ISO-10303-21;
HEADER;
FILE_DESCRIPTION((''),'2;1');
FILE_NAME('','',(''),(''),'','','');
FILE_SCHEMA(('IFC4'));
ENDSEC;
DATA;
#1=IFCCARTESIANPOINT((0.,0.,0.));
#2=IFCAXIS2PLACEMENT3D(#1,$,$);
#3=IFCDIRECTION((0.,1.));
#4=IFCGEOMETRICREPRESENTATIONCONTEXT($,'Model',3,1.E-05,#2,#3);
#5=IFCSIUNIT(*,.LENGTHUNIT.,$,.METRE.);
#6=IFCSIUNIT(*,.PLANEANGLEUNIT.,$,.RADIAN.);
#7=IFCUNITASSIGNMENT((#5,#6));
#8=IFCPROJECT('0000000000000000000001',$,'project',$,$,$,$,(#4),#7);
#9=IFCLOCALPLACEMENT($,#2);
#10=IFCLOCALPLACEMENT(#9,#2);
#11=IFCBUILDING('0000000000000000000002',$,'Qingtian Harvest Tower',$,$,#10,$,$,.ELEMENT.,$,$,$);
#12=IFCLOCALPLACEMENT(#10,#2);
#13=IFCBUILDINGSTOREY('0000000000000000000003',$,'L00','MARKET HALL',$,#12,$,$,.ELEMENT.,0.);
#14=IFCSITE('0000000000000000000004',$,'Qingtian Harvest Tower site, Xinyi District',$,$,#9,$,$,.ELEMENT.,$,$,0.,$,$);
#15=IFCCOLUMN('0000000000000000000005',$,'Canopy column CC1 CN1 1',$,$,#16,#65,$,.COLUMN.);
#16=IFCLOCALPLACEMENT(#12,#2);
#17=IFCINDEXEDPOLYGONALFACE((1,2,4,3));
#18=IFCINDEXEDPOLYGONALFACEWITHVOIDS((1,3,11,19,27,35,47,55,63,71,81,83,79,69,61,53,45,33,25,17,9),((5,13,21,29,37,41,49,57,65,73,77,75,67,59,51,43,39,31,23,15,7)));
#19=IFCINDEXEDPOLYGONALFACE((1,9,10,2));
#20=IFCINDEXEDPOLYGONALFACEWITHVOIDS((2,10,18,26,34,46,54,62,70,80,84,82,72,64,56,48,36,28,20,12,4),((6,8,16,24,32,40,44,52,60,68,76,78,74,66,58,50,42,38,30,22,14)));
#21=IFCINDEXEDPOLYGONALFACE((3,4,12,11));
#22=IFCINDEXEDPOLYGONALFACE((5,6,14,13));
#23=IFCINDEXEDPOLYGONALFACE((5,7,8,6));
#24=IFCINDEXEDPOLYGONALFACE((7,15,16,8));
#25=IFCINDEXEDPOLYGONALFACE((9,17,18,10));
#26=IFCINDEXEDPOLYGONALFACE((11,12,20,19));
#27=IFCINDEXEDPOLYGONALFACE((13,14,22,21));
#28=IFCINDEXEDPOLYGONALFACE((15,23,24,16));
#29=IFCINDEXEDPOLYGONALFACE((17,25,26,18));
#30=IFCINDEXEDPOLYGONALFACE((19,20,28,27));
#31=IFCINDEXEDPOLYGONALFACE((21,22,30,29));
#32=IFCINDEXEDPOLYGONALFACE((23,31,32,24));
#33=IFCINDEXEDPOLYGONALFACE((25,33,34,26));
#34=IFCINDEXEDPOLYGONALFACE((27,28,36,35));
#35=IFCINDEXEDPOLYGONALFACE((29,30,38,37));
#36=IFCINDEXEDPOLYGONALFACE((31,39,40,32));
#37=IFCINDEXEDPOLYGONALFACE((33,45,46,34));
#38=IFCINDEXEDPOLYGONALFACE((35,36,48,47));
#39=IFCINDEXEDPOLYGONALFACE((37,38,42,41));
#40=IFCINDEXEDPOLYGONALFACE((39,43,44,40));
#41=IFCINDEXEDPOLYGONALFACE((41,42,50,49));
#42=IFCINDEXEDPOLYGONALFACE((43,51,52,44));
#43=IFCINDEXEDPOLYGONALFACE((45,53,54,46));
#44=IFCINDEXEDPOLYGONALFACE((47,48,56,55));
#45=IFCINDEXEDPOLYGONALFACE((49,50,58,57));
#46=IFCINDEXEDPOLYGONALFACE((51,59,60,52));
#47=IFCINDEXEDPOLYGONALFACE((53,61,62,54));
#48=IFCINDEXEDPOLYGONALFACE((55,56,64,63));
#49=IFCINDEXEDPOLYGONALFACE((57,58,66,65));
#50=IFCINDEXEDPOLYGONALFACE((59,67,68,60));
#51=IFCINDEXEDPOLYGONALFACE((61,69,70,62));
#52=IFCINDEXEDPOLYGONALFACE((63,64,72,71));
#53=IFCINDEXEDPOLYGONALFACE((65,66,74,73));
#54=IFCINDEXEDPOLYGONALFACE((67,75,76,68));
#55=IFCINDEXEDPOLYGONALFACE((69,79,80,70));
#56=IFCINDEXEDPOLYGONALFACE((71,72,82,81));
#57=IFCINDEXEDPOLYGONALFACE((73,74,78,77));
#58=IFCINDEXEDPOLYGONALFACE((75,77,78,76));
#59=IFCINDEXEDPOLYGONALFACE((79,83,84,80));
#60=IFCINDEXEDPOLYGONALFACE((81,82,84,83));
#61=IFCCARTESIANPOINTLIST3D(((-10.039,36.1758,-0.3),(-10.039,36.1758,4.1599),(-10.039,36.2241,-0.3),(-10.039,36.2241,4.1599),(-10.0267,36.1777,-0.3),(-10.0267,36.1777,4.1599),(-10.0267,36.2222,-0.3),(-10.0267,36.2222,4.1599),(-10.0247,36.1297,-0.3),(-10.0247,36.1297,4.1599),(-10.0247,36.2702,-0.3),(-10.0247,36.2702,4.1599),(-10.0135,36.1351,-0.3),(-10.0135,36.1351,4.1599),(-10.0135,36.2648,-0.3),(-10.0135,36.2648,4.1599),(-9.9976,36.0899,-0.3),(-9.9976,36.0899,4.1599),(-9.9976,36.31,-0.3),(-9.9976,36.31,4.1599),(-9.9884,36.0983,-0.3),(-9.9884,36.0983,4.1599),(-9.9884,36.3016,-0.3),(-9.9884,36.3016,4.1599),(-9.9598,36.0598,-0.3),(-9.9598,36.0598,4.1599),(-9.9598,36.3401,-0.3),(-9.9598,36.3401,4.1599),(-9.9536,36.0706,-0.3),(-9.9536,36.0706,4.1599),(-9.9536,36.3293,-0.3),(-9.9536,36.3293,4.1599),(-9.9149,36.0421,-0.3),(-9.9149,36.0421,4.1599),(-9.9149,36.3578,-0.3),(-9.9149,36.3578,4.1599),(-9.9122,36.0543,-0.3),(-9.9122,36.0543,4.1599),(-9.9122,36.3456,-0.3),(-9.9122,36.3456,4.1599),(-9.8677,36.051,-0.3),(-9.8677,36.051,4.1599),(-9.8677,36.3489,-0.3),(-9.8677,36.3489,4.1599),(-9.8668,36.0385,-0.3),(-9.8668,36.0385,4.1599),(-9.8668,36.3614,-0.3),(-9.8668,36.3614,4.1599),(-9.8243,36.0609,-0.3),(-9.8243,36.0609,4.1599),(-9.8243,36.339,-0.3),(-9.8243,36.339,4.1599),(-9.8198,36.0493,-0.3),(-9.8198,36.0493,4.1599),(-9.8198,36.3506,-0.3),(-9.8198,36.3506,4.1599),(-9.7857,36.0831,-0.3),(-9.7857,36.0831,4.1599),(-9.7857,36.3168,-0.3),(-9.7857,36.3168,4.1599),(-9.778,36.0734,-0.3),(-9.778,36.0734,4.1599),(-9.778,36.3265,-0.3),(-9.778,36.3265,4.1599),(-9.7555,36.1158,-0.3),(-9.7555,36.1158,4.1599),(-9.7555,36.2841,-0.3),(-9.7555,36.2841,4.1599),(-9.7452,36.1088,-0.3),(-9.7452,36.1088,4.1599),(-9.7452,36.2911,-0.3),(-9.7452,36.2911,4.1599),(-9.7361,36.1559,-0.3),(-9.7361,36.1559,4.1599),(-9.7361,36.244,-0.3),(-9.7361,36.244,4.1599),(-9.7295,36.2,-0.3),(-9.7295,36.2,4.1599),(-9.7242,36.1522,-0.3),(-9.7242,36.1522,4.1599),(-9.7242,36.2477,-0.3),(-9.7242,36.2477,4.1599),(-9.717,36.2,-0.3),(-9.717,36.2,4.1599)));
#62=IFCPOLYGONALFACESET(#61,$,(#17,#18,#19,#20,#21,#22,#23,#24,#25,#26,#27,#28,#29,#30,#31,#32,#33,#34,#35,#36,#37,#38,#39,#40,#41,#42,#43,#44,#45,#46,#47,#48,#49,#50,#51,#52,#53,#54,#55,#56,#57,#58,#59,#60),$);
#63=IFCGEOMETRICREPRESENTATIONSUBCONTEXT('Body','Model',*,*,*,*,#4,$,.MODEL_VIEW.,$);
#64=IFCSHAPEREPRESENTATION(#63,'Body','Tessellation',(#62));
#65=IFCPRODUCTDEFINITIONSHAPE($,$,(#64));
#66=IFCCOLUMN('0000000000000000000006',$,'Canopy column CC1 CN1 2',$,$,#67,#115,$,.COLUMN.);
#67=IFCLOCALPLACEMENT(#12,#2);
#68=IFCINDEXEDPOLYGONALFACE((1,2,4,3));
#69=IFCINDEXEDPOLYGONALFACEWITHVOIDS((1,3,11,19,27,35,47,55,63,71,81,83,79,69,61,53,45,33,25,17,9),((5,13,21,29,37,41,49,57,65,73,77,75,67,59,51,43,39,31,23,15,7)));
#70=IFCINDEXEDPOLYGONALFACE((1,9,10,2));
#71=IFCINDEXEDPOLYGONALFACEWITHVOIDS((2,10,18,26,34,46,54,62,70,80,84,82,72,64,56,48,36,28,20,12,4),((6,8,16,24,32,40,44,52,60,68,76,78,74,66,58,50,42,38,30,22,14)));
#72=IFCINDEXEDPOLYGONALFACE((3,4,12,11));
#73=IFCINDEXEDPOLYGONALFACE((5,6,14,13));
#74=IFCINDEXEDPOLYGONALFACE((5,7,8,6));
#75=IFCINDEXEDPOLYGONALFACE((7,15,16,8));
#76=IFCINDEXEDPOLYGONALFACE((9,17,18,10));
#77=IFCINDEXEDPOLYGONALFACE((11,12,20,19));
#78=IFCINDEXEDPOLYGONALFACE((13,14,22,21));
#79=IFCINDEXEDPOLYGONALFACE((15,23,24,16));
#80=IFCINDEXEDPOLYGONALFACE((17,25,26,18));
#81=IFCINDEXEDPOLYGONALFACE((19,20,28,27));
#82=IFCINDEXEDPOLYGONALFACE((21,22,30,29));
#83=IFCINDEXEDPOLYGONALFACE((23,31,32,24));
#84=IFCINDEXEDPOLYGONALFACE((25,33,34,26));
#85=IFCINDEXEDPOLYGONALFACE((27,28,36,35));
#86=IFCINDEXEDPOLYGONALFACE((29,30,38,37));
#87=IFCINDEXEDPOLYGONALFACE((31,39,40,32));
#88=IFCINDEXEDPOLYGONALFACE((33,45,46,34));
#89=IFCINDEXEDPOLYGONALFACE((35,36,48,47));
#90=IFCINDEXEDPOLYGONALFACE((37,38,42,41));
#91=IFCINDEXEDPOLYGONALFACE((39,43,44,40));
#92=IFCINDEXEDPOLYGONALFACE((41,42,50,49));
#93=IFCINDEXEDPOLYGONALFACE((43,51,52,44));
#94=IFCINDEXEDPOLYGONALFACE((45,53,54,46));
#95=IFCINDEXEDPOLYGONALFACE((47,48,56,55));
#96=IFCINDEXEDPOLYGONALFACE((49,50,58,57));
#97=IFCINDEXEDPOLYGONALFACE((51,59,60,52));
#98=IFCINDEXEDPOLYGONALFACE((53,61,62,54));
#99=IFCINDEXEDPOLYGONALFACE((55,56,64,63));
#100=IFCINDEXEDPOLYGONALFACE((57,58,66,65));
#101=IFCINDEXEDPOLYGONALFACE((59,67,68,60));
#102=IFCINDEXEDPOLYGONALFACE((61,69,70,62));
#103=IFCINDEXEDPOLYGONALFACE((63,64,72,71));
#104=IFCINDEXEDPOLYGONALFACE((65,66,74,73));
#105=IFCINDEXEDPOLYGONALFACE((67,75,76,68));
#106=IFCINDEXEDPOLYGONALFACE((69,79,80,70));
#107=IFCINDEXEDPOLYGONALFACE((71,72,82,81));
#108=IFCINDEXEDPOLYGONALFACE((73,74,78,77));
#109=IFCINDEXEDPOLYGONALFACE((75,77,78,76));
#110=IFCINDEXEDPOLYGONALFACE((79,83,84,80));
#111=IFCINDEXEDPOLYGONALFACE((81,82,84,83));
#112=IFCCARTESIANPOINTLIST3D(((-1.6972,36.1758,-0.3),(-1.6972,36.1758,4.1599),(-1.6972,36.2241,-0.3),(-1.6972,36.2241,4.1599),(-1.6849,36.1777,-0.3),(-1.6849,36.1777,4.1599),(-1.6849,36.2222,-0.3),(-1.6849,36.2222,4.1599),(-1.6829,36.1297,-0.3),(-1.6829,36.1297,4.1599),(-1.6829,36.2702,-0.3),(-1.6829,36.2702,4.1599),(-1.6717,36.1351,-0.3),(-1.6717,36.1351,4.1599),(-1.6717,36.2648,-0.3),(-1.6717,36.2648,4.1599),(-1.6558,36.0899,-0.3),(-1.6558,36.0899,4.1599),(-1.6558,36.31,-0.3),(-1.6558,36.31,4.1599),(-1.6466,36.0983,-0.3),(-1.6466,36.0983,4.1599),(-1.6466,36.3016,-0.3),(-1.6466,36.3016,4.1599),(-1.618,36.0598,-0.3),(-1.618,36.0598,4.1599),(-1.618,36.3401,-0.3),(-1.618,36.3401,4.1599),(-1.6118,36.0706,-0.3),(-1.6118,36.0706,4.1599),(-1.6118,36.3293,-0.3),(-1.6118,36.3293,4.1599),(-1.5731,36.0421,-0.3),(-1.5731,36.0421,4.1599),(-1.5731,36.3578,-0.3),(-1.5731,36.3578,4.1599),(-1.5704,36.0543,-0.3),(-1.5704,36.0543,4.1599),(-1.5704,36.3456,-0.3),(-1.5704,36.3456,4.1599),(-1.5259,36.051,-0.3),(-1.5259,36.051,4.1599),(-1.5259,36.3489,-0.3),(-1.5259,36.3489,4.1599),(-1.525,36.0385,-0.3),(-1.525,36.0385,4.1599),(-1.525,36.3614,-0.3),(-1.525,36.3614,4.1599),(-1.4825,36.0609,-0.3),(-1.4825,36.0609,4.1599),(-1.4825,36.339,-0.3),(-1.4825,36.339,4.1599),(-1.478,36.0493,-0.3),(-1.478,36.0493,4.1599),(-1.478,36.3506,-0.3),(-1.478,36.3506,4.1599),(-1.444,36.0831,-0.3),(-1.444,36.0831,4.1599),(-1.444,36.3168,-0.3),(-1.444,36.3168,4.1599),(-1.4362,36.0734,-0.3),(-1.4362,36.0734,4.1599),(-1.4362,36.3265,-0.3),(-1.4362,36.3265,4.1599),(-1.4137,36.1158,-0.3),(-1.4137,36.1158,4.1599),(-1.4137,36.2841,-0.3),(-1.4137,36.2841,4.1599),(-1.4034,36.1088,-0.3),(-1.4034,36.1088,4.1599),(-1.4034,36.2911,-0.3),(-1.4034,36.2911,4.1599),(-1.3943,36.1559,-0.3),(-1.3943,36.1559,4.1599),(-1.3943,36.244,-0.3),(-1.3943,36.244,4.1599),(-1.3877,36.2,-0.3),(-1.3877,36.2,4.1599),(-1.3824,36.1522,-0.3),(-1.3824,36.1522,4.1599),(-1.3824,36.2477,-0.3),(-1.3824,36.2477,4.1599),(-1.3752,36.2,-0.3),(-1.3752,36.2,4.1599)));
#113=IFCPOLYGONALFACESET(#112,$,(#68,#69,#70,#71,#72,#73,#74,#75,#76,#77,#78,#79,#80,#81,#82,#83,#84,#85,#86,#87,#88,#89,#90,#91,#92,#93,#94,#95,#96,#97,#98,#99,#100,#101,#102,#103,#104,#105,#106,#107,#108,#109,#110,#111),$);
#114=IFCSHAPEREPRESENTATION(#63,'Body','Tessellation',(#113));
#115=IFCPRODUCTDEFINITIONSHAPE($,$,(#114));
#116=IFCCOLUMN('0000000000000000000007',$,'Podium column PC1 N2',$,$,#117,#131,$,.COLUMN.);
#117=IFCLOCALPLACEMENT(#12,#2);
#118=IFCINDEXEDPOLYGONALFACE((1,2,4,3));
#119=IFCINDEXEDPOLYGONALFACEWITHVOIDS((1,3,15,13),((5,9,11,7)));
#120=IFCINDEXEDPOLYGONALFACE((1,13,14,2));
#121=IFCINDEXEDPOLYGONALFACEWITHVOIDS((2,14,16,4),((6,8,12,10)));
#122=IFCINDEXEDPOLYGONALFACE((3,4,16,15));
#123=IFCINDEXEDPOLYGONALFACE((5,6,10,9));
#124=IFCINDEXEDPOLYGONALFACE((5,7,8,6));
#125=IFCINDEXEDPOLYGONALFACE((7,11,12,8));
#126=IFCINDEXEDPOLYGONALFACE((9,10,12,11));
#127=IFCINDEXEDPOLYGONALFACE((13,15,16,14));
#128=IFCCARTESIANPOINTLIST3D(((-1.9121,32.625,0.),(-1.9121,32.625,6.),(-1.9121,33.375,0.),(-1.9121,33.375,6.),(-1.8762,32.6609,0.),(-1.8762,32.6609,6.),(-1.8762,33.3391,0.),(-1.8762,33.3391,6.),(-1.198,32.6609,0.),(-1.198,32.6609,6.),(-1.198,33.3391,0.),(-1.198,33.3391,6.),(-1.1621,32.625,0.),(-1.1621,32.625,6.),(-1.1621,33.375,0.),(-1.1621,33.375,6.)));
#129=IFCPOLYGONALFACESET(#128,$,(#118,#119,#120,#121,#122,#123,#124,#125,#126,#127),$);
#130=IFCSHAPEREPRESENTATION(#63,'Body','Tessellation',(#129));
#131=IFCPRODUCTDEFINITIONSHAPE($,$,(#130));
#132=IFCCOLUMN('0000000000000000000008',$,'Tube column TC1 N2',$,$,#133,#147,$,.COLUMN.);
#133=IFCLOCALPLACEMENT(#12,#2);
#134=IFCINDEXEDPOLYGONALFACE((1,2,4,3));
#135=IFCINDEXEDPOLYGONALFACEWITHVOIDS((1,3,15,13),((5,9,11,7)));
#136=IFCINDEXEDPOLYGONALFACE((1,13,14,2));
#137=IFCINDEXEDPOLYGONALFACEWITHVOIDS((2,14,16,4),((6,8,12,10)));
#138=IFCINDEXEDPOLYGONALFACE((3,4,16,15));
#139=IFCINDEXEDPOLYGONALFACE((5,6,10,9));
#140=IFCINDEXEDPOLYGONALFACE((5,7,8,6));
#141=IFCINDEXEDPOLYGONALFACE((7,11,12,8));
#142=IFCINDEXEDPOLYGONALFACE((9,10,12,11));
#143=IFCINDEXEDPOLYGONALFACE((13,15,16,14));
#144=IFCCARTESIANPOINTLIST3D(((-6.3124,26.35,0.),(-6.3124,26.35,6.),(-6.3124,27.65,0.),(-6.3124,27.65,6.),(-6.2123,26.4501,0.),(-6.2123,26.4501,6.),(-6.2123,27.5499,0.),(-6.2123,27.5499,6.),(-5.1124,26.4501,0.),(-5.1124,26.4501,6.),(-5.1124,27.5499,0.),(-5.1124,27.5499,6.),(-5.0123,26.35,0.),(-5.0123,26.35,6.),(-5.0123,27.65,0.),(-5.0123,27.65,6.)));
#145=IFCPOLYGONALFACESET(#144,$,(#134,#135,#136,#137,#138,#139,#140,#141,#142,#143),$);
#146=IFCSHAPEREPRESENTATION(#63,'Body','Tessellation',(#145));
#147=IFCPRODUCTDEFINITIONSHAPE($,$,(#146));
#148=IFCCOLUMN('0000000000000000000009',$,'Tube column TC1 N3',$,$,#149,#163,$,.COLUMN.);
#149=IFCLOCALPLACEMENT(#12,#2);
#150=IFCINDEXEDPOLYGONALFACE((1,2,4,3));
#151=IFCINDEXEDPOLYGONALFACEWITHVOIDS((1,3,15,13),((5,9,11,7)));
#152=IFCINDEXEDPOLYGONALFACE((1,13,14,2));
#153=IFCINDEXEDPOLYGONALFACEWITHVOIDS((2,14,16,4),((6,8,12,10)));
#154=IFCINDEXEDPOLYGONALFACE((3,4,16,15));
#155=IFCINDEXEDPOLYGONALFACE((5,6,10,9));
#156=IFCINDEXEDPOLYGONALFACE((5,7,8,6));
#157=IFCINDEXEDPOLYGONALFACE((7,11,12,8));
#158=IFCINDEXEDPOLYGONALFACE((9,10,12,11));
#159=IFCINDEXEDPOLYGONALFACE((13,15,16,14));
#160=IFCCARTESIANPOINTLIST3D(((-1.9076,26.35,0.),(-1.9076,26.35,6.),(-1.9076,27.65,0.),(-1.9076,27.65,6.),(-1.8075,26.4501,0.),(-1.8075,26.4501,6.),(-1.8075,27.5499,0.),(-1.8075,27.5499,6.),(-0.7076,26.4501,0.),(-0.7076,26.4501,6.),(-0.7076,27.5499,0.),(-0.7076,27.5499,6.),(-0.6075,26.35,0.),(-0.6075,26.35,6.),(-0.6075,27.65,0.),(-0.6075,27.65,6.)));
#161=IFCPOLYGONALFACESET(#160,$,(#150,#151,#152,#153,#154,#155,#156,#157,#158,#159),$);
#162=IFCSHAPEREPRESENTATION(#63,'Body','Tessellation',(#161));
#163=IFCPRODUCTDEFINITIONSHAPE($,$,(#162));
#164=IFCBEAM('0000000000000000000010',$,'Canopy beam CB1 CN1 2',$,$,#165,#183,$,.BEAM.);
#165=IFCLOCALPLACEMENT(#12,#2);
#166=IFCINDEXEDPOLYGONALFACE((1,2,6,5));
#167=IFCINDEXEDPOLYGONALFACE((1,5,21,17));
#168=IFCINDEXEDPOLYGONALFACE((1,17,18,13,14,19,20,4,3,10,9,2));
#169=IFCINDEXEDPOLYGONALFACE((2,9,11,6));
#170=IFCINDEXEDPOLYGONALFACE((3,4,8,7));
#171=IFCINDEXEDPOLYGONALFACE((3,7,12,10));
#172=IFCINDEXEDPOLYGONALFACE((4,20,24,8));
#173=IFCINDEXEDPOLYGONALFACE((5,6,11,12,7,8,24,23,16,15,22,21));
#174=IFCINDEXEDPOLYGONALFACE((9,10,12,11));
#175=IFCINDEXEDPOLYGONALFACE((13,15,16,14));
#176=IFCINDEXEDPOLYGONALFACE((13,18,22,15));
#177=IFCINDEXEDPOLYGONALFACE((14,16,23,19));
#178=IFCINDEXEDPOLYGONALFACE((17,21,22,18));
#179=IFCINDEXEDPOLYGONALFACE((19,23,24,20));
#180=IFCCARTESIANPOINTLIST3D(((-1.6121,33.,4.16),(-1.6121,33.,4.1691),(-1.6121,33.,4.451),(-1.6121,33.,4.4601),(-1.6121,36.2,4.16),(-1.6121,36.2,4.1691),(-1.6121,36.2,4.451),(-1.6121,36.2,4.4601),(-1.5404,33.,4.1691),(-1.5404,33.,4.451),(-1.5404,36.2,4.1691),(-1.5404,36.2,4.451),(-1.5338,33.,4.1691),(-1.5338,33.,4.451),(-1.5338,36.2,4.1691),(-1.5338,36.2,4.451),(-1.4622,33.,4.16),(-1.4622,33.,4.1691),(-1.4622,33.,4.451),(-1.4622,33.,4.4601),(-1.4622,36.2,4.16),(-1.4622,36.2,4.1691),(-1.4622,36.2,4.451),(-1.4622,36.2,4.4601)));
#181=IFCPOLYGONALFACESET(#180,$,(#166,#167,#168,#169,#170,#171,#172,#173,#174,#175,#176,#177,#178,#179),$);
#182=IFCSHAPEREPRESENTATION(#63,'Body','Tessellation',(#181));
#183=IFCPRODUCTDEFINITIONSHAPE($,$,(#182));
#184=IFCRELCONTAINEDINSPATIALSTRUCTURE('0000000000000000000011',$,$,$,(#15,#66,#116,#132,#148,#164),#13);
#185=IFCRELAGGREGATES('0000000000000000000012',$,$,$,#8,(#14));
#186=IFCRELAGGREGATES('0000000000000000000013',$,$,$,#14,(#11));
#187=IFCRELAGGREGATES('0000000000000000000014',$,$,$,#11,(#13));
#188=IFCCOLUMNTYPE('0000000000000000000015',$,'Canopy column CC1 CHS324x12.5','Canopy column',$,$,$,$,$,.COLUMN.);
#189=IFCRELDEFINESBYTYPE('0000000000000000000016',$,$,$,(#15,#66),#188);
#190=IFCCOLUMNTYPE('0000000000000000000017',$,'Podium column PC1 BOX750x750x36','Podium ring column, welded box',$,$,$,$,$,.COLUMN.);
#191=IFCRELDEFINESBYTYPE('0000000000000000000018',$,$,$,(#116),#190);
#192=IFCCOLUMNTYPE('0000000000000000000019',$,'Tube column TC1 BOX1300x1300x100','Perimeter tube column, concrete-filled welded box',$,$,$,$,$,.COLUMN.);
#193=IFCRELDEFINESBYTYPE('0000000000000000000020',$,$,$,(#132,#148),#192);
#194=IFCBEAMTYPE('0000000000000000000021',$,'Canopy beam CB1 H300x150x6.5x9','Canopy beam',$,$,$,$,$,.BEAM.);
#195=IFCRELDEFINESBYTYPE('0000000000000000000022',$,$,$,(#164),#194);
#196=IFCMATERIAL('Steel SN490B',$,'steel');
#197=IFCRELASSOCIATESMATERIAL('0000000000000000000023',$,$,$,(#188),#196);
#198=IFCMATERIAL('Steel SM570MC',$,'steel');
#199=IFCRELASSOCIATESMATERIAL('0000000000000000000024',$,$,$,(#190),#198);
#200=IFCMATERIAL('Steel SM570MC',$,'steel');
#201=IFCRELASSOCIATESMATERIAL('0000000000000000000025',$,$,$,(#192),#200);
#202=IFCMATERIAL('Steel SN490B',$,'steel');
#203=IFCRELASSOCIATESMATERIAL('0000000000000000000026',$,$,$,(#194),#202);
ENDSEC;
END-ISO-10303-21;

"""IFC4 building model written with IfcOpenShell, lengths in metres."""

from ifc_helpers import new_model, si_unit, direction, frame, origin, origin_2d, place, context, subcontext, project, spatial, hollow_rectangle, hollow_circle, i_section, extrude, material, material_profile, profile_set, type_object, element, save


model = new_model("IFC4")

# Units and contexts
model_context = context("Model", 3, precision=1e-05, world=origin(), true_north=direction((0.0, 1.0)))
body_context = subcontext(model_context, "Body", "Model", "MODEL_VIEW")
ifc_project = project(units=[si_unit("LENGTHUNIT", "METRE"), si_unit("PLANEANGLEUNIT", "RADIAN")], contexts=[model_context])

# Site, building, storey
site_placement = place(None, origin())
site = spatial("IfcSite", under=ifc_project, at=site_placement, Name="Qingtian Harvest Tower site, Xinyi District", CompositionType="ELEMENT", RefElevation=0.0)
building_placement = place(site_placement, origin())
building = spatial("IfcBuilding", under=site, at=building_placement, Name="Qingtian Harvest Tower", CompositionType="ELEMENT")
storey_placement = place(building_placement, origin())
storey = spatial("IfcBuildingStorey", under=building, at=storey_placement, Name="L00", Description="MARKET HALL", CompositionType="ELEMENT", Elevation=0.0)

# Columns
ifc_material_1 = material(Name="Steel SN490B", Category="steel")
ifc_material_profile_1 = material_profile(ifc_material_1, hollow_circle(Radius=0.1619, WallThickness=0.0125, at=origin_2d()), Name="CHS324x12.5")
ifc_profile_set_1 = profile_set([ifc_material_profile_1], Name="Steel SN490B")
column_type_1 = type_object("IfcColumnType", Name="Canopy column CC1 CHS324x12.5", Description="Canopy column", PredefinedType="COLUMN", material=ifc_profile_set_1)
for number, where, z_axis, x_axis, name in (
    (1, (-9.8789, 36.2, -0.3), (0.0, 0.0, 1.0), (1.0, 0.0, 0.0), "Canopy column CC1 CN1 1"),
    (2, (-1.5371, 36.2, -0.3), (0.0, 0.0, 1.0), (1.0, 0.0, 0.0), "Canopy column CC1 CN1 2"),
):
    element("IfcColumn", number, at=place(storey_placement, frame(where, z_axis=z_axis, x_axis=x_axis)), inside=storey, type_object=column_type_1, Name=name, PredefinedType="COLUMN", context=body_context, shape_type="SweptSolid", body=[
        extrude(hollow_circle(Radius=0.1619, WallThickness=0.0125, at=origin_2d()), origin(), (0.0, 0.0, 1.0), 4.46),
    ])
ifc_material_2 = material(Name="Steel SM570MC", Category="steel")
ifc_material_profile_2 = material_profile(ifc_material_2, hollow_rectangle(XDim=0.75, YDim=0.75, WallThickness=0.0359, at=origin_2d()), Name="BOX750x750x36")
ifc_profile_set_2 = profile_set([ifc_material_profile_2], Name="Steel SM570MC")
column_type_2 = type_object("IfcColumnType", Name="Podium column PC1 BOX750x750x36", Description="Podium ring column, welded box", PredefinedType="COLUMN", material=ifc_profile_set_2)
column_placement = place(storey_placement, frame((-1.5371, 33.0, 0.0), z_axis=(0.0, 0.0, 1.0), x_axis=(-1.0, 0.0, 0.0)))
element("IfcColumn", 3, at=column_placement, inside=storey, type_object=column_type_2, Name="Podium column PC1 N2", PredefinedType="COLUMN", context=body_context, shape_type="SweptSolid", body=[
    extrude(hollow_rectangle(XDim=0.75, YDim=0.75, WallThickness=0.0359, at=origin_2d()), origin(), (0.0, 0.0, 1.0), 6.0),
])
ifc_material_3 = material(Name="Steel SM570MC", Category="steel")
ifc_material_profile_3 = material_profile(ifc_material_3, hollow_rectangle(XDim=1.3, YDim=1.3, WallThickness=0.1001, at=origin_2d()), Name="BOX1300x1300x100")
ifc_profile_set_3 = profile_set([ifc_material_profile_3], Name="Steel SM570MC")
column_type_3 = type_object("IfcColumnType", Name="Tube column TC1 BOX1300x1300x100", Description="Perimeter tube column, concrete-filled welded box", PredefinedType="COLUMN", material=ifc_profile_set_3)
for number, where, z_axis, x_axis, name in (
    (4, (-5.6624, 27.0, 0.0), (0.0, 0.0, 1.0), (-1.0, 0.0, 0.0), "Tube column TC1 N2"),
    (5, (-1.2576, 27.0, 0.0), (0.0, 0.0, 1.0), (-1.0, 0.0, 0.0), "Tube column TC1 N3"),
):
    element("IfcColumn", number, at=place(storey_placement, frame(where, z_axis=z_axis, x_axis=x_axis)), inside=storey, type_object=column_type_3, Name=name, PredefinedType="COLUMN", context=body_context, shape_type="SweptSolid", body=[
        extrude(hollow_rectangle(XDim=1.3, YDim=1.3, WallThickness=0.1001, at=origin_2d()), origin(), (0.0, 0.0, 1.0), 6.0),
    ])

# Beam
ifc_material_4 = material(Name="Steel SN490B", Category="steel")
ifc_material_profile_4 = material_profile(ifc_material_4, i_section(OverallWidth=0.1499, OverallDepth=0.3, WebThickness=0.0066, FlangeThickness=0.009, at=origin_2d()), Name="H300x150x6.5x9")
ifc_profile_set_4 = profile_set([ifc_material_profile_4], Name="Steel SN490B")
beam_type_1 = type_object("IfcBeamType", Name="Canopy beam CB1 H300x150x6.5x9", Description="Canopy beam", PredefinedType="BEAM", material=ifc_profile_set_4)
for number, where, z_axis, x_axis, name in (
    (6, (-1.5371, 33.0, 4.3101), (0.0, 1.0, 0.0), (-1.0, 0.0, 0.0), "Canopy beam CB1 CN1 2"),
):
    element("IfcBeam", number, at=place(storey_placement, frame(where, z_axis=z_axis, x_axis=x_axis)), inside=storey, type_object=beam_type_1, Name=name, PredefinedType="BEAM", context=body_context, shape_type="SweptSolid", body=[
        extrude(i_section(OverallWidth=0.1499, OverallDepth=0.3, WebThickness=0.0066, FlangeThickness=0.009, at=origin_2d()), origin(), (0.0, 0.0, 1.0), 3.2),
    ])

save(model, "model.ifc")
